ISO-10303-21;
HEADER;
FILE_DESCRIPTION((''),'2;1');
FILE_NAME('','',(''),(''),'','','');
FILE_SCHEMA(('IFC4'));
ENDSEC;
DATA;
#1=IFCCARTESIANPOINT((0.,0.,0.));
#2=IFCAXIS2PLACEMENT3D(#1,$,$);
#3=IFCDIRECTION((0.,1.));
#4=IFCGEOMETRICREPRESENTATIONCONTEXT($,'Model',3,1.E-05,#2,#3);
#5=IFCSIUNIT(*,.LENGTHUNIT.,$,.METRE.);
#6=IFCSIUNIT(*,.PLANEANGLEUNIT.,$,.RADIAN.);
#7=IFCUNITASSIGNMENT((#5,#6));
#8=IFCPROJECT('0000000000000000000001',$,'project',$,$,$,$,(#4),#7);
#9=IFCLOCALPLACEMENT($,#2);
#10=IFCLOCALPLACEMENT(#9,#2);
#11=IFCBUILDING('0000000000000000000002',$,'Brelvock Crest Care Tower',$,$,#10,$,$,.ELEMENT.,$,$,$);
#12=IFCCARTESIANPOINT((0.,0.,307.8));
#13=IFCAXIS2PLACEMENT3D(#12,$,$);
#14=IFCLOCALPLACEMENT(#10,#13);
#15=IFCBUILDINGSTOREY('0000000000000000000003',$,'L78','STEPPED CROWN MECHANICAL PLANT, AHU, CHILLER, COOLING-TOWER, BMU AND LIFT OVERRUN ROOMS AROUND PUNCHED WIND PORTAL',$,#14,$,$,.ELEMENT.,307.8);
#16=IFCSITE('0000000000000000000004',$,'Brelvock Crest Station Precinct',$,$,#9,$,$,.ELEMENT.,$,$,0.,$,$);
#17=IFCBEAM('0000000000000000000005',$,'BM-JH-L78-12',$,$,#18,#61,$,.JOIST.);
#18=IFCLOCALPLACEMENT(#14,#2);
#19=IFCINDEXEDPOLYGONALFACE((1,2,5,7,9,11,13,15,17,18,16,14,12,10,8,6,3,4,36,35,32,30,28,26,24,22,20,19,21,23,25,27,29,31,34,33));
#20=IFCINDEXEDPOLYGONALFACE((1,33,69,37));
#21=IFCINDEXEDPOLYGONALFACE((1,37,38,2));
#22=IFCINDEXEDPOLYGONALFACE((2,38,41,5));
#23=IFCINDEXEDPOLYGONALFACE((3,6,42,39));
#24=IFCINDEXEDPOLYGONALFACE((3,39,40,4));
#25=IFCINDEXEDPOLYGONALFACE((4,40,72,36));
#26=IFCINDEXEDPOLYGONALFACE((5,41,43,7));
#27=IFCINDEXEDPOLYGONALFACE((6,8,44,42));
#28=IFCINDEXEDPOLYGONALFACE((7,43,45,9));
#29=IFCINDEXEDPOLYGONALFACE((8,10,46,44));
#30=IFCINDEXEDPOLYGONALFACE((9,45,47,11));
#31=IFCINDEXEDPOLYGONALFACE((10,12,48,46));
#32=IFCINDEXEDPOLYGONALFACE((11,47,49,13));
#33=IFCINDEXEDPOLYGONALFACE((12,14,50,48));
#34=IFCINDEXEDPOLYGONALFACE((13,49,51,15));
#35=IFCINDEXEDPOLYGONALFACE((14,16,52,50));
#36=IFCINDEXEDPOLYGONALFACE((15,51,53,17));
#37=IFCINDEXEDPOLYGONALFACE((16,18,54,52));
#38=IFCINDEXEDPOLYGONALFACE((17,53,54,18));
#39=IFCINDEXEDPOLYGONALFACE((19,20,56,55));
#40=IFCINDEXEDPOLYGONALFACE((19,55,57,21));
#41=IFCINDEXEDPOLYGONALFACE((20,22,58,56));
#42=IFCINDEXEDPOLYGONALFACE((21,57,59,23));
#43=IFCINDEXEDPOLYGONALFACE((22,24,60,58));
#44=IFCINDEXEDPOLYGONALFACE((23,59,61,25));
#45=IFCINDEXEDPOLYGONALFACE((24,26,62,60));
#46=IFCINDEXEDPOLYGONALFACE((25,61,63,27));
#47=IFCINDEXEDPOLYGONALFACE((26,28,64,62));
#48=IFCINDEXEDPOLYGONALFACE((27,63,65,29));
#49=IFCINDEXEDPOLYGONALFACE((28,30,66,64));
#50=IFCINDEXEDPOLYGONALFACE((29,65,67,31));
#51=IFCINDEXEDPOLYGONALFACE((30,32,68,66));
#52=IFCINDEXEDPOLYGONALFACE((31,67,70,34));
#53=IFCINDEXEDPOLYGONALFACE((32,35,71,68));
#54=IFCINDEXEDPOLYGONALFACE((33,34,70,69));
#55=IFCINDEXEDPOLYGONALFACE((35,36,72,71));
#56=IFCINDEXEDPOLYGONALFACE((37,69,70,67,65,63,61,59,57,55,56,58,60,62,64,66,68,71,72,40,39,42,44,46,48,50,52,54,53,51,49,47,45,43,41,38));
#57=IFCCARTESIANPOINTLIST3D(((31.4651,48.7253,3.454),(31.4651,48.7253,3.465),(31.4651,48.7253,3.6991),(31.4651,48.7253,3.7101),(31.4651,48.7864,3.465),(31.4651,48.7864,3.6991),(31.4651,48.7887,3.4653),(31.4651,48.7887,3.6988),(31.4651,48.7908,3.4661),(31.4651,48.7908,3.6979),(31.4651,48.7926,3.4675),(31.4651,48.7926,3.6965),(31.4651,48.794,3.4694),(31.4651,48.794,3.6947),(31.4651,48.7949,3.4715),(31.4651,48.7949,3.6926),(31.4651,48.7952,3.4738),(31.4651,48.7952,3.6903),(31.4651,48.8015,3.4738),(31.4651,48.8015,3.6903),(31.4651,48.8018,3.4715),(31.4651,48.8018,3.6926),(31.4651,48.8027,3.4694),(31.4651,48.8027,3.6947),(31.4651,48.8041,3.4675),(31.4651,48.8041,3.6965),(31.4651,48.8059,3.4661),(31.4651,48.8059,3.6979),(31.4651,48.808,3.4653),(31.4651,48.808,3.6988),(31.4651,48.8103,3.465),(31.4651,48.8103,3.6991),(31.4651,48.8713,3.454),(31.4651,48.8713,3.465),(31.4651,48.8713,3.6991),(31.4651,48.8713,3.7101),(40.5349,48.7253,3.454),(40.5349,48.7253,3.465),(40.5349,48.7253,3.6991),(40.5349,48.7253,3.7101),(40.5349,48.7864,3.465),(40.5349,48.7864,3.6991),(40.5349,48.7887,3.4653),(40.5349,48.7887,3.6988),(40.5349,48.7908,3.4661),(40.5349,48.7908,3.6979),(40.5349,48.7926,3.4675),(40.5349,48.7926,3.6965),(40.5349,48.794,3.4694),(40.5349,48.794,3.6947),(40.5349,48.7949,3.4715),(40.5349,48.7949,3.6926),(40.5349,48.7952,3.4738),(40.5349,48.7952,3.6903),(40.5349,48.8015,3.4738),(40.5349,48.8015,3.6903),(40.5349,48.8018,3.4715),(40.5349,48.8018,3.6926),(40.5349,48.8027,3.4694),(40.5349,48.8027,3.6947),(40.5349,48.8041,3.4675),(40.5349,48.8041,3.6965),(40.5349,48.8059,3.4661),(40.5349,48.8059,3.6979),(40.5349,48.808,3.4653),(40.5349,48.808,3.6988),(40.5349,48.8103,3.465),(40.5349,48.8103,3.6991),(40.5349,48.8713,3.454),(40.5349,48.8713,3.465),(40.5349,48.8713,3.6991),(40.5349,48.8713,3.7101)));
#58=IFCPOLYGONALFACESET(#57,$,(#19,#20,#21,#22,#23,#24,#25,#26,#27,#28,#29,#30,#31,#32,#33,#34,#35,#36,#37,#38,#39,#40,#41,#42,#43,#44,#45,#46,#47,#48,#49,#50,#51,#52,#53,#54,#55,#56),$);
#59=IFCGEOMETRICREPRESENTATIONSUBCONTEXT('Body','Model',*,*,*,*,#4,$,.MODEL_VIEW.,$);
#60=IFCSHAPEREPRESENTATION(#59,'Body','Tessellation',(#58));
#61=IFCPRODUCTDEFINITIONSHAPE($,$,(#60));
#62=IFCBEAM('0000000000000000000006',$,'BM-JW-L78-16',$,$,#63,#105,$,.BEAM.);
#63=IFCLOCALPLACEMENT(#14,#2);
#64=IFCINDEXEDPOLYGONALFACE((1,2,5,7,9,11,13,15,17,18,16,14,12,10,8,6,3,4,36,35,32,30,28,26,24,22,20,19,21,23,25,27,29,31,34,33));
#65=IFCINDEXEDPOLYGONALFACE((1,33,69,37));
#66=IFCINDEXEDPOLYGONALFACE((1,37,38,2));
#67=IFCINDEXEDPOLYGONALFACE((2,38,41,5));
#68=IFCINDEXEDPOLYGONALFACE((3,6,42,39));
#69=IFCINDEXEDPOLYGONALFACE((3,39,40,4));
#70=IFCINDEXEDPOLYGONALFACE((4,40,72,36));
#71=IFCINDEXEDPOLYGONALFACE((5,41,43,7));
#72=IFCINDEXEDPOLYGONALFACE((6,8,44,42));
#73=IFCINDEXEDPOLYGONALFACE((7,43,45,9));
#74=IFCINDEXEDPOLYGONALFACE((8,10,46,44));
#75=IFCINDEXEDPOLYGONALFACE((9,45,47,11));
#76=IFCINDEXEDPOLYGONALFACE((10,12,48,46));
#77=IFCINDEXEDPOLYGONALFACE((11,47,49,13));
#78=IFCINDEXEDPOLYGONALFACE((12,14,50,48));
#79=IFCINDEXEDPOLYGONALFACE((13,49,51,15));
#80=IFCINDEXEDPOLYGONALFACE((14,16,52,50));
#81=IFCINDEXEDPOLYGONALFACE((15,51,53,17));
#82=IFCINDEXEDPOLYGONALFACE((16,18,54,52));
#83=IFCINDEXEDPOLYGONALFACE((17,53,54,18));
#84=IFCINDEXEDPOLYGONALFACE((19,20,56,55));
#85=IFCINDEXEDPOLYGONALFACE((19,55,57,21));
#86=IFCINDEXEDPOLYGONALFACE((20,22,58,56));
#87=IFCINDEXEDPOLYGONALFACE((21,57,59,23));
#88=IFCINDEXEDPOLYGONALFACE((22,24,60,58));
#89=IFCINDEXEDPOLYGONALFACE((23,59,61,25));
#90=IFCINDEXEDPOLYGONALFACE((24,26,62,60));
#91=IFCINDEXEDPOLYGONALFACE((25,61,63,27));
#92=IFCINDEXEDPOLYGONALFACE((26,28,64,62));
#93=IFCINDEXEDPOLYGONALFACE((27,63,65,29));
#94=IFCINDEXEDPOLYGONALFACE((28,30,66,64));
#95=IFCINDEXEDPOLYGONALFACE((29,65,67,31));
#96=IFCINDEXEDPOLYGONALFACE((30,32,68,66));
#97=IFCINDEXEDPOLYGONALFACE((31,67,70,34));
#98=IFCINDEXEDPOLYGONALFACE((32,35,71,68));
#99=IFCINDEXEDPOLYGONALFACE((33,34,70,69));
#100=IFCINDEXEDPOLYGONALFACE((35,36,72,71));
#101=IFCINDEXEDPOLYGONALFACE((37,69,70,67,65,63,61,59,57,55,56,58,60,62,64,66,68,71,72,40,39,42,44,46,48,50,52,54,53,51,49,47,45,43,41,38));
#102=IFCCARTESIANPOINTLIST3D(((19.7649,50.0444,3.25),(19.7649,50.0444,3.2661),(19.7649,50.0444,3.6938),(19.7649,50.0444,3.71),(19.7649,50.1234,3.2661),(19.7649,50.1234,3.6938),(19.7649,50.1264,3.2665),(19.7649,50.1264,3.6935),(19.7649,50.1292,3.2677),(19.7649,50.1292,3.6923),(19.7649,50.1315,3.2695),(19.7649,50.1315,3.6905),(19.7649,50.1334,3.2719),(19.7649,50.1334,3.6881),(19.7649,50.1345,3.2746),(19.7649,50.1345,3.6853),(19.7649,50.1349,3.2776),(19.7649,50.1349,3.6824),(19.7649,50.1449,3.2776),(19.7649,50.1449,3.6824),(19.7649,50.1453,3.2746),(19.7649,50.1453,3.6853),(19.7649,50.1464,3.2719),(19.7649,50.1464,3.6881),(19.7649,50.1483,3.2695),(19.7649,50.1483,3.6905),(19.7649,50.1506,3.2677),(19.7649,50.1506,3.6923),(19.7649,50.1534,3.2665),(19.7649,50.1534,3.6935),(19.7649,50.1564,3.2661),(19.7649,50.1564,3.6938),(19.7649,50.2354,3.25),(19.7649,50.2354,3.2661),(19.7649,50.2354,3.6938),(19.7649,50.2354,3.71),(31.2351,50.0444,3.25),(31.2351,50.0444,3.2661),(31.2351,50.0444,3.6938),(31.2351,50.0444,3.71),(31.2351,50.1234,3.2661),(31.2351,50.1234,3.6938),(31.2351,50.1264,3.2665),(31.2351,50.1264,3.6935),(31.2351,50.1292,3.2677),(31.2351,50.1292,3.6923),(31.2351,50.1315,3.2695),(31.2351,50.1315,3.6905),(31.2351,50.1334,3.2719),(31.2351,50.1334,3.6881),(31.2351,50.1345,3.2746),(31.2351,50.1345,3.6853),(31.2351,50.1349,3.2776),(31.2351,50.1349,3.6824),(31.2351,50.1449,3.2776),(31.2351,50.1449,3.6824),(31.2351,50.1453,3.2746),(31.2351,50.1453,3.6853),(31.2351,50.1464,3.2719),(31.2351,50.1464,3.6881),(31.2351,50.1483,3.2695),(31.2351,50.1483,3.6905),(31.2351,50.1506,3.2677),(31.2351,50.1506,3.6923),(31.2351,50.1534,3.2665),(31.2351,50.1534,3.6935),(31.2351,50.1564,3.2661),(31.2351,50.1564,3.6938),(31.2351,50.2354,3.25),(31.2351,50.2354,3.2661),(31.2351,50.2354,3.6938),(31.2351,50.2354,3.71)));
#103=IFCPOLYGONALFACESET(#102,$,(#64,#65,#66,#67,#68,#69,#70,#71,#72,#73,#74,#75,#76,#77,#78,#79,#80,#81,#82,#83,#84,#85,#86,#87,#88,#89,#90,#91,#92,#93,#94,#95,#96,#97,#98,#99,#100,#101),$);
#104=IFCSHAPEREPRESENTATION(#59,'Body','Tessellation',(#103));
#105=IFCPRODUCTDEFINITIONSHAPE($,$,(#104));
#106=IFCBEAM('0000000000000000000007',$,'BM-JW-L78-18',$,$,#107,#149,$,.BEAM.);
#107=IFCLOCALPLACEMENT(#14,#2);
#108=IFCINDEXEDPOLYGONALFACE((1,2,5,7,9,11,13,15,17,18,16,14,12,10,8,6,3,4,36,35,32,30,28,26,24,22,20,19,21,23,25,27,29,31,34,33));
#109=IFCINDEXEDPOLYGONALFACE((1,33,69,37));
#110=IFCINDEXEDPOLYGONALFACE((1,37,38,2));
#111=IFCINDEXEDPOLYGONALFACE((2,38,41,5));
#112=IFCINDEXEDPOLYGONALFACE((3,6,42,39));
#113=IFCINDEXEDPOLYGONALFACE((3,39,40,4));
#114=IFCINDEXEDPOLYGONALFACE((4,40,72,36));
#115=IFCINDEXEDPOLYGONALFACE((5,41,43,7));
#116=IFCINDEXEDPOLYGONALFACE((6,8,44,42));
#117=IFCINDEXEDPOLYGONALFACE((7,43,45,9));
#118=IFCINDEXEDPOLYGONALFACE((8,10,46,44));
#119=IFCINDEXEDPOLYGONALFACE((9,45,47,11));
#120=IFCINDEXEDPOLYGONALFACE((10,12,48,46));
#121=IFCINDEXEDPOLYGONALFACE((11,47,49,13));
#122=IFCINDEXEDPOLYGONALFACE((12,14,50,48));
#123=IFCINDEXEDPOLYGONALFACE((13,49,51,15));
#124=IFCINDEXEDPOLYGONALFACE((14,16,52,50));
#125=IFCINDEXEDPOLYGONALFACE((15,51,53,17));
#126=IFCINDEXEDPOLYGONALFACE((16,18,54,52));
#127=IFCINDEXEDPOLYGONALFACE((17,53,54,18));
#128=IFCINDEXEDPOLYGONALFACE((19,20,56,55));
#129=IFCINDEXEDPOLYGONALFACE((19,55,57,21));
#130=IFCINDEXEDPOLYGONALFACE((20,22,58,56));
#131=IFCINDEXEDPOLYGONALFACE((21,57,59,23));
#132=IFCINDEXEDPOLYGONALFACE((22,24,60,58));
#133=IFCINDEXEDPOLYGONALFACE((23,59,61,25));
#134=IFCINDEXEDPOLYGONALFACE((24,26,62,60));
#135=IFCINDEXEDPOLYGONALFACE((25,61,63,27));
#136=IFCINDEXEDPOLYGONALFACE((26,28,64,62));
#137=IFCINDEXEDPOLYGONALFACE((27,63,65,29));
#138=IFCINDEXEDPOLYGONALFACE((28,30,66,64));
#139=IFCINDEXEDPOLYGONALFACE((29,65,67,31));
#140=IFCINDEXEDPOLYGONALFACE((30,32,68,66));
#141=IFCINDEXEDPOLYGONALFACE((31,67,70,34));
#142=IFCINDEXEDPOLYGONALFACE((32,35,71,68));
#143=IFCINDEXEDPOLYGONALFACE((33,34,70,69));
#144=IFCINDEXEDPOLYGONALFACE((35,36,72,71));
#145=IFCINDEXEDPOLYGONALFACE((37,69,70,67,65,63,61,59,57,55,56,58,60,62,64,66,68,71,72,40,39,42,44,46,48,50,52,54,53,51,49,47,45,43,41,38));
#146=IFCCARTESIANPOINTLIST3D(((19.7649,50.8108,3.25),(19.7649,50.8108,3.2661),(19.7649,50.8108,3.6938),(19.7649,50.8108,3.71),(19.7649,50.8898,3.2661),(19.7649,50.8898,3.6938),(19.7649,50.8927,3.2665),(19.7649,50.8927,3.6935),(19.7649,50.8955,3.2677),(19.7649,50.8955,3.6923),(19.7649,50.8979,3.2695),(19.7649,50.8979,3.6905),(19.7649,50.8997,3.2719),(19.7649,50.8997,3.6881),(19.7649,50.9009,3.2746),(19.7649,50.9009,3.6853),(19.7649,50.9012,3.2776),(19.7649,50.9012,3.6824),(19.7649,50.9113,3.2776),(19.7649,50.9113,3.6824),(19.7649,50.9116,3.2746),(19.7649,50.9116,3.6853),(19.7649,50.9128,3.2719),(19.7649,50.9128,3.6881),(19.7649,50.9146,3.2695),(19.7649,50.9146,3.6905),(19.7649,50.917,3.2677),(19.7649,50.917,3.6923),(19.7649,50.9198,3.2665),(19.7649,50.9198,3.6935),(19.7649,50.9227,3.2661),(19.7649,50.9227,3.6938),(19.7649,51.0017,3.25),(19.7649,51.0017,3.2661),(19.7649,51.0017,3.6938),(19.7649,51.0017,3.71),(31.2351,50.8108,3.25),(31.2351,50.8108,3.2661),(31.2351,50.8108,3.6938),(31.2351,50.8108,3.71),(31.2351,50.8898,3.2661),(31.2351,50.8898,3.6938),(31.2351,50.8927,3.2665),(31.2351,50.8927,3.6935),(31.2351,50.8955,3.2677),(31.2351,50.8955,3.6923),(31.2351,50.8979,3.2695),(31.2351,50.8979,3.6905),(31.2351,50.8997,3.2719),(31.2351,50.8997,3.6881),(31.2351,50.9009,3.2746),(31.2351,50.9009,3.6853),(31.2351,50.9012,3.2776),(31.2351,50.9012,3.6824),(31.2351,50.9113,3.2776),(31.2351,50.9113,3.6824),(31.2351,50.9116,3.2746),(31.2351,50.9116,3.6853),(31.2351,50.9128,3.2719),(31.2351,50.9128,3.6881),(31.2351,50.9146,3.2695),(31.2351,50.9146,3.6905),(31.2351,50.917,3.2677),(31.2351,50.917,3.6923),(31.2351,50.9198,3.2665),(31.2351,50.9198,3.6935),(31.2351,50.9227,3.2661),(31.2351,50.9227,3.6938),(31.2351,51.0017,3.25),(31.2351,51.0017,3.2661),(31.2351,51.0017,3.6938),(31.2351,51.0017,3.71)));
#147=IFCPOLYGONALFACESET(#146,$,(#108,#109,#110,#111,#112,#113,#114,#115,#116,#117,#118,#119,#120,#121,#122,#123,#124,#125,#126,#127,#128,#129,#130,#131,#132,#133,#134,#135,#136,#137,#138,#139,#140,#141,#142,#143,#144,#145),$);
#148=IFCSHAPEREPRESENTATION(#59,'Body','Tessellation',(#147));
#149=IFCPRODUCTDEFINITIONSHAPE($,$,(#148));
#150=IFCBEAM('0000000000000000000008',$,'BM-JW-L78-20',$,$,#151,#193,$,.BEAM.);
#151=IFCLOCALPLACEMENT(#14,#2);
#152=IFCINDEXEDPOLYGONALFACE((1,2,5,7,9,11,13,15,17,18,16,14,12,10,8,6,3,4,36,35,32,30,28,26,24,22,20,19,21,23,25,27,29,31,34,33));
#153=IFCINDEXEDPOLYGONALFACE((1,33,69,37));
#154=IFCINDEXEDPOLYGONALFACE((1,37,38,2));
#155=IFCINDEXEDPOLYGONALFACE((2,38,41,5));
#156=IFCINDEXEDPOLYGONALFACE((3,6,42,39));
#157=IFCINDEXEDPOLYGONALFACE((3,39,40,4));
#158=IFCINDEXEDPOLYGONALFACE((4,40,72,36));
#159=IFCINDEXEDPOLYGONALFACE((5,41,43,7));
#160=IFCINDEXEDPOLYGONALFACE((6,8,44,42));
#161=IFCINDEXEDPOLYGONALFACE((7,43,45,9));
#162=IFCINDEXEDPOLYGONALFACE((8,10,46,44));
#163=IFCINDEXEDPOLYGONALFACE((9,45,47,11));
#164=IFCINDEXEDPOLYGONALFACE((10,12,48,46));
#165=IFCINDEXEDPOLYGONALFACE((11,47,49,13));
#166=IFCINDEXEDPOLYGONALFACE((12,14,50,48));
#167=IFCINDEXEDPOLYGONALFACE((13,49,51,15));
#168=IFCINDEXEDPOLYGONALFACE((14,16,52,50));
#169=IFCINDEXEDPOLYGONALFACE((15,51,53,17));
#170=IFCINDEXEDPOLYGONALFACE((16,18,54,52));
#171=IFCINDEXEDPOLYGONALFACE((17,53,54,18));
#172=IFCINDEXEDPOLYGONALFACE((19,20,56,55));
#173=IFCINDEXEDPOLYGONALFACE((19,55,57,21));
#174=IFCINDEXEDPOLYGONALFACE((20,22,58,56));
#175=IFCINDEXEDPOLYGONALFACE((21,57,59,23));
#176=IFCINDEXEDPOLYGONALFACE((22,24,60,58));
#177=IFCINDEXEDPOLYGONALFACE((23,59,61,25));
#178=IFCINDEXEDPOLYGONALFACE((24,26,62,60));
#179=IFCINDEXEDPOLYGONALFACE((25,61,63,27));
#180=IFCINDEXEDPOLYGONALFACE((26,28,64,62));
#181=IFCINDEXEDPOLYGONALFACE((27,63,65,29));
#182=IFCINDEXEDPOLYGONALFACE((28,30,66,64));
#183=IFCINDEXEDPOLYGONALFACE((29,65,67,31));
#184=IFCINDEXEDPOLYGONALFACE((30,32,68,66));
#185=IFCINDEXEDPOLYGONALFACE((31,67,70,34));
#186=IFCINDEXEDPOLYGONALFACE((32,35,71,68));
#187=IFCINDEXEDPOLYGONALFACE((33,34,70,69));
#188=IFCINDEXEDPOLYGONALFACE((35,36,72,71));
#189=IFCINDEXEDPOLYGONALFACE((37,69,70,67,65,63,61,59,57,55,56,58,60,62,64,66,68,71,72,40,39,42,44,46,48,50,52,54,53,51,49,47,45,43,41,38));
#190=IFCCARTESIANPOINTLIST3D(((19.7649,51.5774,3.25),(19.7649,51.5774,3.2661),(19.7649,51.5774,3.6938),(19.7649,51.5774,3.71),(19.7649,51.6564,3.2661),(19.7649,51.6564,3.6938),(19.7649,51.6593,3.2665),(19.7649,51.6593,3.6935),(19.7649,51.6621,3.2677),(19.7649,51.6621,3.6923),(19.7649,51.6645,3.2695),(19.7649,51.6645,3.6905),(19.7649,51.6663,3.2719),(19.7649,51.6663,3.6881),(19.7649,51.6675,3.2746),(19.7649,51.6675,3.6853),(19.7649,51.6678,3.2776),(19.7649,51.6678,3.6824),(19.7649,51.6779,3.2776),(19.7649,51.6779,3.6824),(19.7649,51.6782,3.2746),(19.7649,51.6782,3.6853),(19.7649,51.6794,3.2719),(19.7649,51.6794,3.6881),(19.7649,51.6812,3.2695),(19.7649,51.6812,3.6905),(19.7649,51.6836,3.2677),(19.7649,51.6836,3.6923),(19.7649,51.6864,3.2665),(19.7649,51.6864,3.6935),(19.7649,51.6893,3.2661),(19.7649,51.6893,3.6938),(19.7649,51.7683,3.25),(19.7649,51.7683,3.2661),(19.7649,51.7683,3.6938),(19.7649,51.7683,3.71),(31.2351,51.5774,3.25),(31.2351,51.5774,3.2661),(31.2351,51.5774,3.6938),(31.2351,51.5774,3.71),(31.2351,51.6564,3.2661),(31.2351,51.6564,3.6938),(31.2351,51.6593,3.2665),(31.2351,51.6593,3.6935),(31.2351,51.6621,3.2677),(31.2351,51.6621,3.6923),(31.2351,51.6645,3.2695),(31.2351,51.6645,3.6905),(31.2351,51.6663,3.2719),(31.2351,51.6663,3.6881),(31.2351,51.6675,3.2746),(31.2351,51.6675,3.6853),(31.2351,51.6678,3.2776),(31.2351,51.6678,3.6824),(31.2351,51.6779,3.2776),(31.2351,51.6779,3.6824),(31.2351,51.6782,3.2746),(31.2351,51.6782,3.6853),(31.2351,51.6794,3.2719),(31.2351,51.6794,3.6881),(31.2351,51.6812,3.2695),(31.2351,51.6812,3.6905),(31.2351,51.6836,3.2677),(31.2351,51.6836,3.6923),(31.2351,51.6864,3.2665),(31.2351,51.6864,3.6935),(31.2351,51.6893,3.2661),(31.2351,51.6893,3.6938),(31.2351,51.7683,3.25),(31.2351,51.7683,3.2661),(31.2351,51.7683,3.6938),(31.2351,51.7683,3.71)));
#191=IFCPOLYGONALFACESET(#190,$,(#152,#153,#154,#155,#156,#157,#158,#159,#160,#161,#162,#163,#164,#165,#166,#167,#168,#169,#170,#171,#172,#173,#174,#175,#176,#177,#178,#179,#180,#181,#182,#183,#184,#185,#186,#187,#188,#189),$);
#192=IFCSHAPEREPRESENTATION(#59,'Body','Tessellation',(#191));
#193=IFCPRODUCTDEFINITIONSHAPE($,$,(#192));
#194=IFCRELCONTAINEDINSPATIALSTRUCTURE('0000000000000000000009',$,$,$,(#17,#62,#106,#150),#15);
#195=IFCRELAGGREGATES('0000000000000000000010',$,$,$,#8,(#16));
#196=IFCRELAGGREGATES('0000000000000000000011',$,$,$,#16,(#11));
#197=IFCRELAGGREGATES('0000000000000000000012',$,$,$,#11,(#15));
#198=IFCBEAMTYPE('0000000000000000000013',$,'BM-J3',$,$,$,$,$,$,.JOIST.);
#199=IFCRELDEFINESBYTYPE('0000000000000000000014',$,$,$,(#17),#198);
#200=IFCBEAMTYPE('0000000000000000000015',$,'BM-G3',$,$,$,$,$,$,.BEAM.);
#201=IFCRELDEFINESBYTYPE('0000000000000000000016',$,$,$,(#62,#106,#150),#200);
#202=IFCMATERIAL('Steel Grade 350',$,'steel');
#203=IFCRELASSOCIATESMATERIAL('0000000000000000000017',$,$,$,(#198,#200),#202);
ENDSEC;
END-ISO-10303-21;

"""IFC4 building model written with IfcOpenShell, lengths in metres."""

from ifc_helpers import new_model, si_unit, direction, frame, origin, origin_2d, place, context, subcontext, project, spatial, i_section, extrude, source, transform, mapped, material, material_profile, profile_set, type_object, element, save


model = new_model("IFC4")

# Units and contexts
model_context = context("Model", 3, precision=1e-05, world=origin(), true_north=direction((0.0, 1.0)))
body_context = subcontext(model_context, "Body", "Model", "MODEL_VIEW")
ifc_project = project(units=[si_unit("LENGTHUNIT", "METRE"), si_unit("PLANEANGLEUNIT", "RADIAN")], contexts=[model_context])

# Site, building, storey
site_placement = place(None, origin())
site = spatial("IfcSite", under=ifc_project, at=site_placement, Name="Brelvock Crest Station Precinct", CompositionType="ELEMENT", RefElevation=0.0)
building_placement = place(site_placement, origin())
building = spatial("IfcBuilding", under=site, at=building_placement, Name="Brelvock Crest Care Tower", CompositionType="ELEMENT")
storey_placement = place(building_placement, frame((0.0, 0.0, 307.8)))
storey = spatial("IfcBuildingStorey", under=building, at=storey_placement, Name="L78", Description="STEPPED CROWN MECHANICAL PLANT, AHU, CHILLER, COOLING-TOWER, BMU AND LIFT OVERRUN ROOMS AROUND PUNCHED WIND PORTAL", CompositionType="ELEMENT", Elevation=307.8)

# Shared definitions
ifc_material_1 = material(Name="Steel Grade 350", Category="steel")

# Beams
ifc_material_profile_1 = material_profile(ifc_material_1, i_section(OverallWidth=0.146, OverallDepth=0.2561, WebThickness=0.0063, FlangeThickness=0.011, FilletRadius=0.0088, at=origin_2d()), Name="250UB37.3")
ifc_profile_set_1 = profile_set([ifc_material_profile_1], Name="Steel Grade 350")
beam_type_1 = type_object("IfcBeamType", Name="BM-J3", PredefinedType="JOIST", material=ifc_profile_set_1)
shared_shape_1 = source(origin(), body_context, "Body", "SweptSolid", [
    extrude(i_section(OverallWidth=0.146, OverallDepth=0.2561, WebThickness=0.0063, FlangeThickness=0.011, FilletRadius=0.0088, at=origin_2d()), origin(), (0.0, 0.0, 1.0), 9.0698),
])
for number, where, z_axis, x_axis, name in (
    (1, (31.4651, 48.7983, 3.582), (1.0, 0.0, 0.0), (0.0, 1.0, 0.0), "BM-JH-L78-12"),
):
    element("IfcBeam", number, at=place(storey_placement, frame(where, z_axis=z_axis, x_axis=x_axis)), inside=storey, type_object=beam_type_1, Name=name, PredefinedType="JOIST", context=body_context, shape_type="MappedRepresentation", body=[
        mapped(shared_shape_1, transform((0.0, 0.0, 0.0), x_axis=(1.0, 0.0, 0.0), y_axis=(0.0, 1.0, 0.0), z_axis=(0.0, 0.0, 1.0), scale=1.0)),
    ])
ifc_material_profile_2 = material_profile(ifc_material_1, i_section(OverallWidth=0.1909, OverallDepth=0.46, WebThickness=0.01, FlangeThickness=0.0161, FilletRadius=0.0115, at=origin_2d()), Name="460UB82.1")
ifc_profile_set_2 = profile_set([ifc_material_profile_2], Name="Steel Grade 350")
beam_type_2 = type_object("IfcBeamType", Name="BM-G3", PredefinedType="BEAM", material=ifc_profile_set_2)
shared_shape_2 = source(origin(), body_context, "Body", "SweptSolid", [
    extrude(i_section(OverallWidth=0.1909, OverallDepth=0.46, WebThickness=0.01, FlangeThickness=0.0161, FilletRadius=0.0115, at=origin_2d()), origin(), (0.0, 0.0, 1.0), 11.4702),
])
for number, where, z_axis, x_axis, name in (
    (2, (19.7649, 50.1399, 3.48), (1.0, 0.0, 0.0), (0.0, 1.0, 0.0), "BM-JW-L78-16"),
    (3, (19.7649, 50.9062, 3.48), (1.0, 0.0, 0.0), (0.0, 1.0, 0.0), "BM-JW-L78-18"),
    (4, (19.7649, 51.6729, 3.48), (1.0, 0.0, 0.0), (0.0, 1.0, 0.0), "BM-JW-L78-20"),
):
    element("IfcBeam", number, at=place(storey_placement, frame(where, z_axis=z_axis, x_axis=x_axis)), inside=storey, type_object=beam_type_2, Name=name, PredefinedType="BEAM", context=body_context, shape_type="MappedRepresentation", body=[
        mapped(shared_shape_2, transform((0.0, 0.0, 0.0), x_axis=(1.0, 0.0, 0.0), y_axis=(0.0, 1.0, 0.0), z_axis=(0.0, 0.0, 1.0), scale=1.0)),
    ])

save(model, "model.ifc")
